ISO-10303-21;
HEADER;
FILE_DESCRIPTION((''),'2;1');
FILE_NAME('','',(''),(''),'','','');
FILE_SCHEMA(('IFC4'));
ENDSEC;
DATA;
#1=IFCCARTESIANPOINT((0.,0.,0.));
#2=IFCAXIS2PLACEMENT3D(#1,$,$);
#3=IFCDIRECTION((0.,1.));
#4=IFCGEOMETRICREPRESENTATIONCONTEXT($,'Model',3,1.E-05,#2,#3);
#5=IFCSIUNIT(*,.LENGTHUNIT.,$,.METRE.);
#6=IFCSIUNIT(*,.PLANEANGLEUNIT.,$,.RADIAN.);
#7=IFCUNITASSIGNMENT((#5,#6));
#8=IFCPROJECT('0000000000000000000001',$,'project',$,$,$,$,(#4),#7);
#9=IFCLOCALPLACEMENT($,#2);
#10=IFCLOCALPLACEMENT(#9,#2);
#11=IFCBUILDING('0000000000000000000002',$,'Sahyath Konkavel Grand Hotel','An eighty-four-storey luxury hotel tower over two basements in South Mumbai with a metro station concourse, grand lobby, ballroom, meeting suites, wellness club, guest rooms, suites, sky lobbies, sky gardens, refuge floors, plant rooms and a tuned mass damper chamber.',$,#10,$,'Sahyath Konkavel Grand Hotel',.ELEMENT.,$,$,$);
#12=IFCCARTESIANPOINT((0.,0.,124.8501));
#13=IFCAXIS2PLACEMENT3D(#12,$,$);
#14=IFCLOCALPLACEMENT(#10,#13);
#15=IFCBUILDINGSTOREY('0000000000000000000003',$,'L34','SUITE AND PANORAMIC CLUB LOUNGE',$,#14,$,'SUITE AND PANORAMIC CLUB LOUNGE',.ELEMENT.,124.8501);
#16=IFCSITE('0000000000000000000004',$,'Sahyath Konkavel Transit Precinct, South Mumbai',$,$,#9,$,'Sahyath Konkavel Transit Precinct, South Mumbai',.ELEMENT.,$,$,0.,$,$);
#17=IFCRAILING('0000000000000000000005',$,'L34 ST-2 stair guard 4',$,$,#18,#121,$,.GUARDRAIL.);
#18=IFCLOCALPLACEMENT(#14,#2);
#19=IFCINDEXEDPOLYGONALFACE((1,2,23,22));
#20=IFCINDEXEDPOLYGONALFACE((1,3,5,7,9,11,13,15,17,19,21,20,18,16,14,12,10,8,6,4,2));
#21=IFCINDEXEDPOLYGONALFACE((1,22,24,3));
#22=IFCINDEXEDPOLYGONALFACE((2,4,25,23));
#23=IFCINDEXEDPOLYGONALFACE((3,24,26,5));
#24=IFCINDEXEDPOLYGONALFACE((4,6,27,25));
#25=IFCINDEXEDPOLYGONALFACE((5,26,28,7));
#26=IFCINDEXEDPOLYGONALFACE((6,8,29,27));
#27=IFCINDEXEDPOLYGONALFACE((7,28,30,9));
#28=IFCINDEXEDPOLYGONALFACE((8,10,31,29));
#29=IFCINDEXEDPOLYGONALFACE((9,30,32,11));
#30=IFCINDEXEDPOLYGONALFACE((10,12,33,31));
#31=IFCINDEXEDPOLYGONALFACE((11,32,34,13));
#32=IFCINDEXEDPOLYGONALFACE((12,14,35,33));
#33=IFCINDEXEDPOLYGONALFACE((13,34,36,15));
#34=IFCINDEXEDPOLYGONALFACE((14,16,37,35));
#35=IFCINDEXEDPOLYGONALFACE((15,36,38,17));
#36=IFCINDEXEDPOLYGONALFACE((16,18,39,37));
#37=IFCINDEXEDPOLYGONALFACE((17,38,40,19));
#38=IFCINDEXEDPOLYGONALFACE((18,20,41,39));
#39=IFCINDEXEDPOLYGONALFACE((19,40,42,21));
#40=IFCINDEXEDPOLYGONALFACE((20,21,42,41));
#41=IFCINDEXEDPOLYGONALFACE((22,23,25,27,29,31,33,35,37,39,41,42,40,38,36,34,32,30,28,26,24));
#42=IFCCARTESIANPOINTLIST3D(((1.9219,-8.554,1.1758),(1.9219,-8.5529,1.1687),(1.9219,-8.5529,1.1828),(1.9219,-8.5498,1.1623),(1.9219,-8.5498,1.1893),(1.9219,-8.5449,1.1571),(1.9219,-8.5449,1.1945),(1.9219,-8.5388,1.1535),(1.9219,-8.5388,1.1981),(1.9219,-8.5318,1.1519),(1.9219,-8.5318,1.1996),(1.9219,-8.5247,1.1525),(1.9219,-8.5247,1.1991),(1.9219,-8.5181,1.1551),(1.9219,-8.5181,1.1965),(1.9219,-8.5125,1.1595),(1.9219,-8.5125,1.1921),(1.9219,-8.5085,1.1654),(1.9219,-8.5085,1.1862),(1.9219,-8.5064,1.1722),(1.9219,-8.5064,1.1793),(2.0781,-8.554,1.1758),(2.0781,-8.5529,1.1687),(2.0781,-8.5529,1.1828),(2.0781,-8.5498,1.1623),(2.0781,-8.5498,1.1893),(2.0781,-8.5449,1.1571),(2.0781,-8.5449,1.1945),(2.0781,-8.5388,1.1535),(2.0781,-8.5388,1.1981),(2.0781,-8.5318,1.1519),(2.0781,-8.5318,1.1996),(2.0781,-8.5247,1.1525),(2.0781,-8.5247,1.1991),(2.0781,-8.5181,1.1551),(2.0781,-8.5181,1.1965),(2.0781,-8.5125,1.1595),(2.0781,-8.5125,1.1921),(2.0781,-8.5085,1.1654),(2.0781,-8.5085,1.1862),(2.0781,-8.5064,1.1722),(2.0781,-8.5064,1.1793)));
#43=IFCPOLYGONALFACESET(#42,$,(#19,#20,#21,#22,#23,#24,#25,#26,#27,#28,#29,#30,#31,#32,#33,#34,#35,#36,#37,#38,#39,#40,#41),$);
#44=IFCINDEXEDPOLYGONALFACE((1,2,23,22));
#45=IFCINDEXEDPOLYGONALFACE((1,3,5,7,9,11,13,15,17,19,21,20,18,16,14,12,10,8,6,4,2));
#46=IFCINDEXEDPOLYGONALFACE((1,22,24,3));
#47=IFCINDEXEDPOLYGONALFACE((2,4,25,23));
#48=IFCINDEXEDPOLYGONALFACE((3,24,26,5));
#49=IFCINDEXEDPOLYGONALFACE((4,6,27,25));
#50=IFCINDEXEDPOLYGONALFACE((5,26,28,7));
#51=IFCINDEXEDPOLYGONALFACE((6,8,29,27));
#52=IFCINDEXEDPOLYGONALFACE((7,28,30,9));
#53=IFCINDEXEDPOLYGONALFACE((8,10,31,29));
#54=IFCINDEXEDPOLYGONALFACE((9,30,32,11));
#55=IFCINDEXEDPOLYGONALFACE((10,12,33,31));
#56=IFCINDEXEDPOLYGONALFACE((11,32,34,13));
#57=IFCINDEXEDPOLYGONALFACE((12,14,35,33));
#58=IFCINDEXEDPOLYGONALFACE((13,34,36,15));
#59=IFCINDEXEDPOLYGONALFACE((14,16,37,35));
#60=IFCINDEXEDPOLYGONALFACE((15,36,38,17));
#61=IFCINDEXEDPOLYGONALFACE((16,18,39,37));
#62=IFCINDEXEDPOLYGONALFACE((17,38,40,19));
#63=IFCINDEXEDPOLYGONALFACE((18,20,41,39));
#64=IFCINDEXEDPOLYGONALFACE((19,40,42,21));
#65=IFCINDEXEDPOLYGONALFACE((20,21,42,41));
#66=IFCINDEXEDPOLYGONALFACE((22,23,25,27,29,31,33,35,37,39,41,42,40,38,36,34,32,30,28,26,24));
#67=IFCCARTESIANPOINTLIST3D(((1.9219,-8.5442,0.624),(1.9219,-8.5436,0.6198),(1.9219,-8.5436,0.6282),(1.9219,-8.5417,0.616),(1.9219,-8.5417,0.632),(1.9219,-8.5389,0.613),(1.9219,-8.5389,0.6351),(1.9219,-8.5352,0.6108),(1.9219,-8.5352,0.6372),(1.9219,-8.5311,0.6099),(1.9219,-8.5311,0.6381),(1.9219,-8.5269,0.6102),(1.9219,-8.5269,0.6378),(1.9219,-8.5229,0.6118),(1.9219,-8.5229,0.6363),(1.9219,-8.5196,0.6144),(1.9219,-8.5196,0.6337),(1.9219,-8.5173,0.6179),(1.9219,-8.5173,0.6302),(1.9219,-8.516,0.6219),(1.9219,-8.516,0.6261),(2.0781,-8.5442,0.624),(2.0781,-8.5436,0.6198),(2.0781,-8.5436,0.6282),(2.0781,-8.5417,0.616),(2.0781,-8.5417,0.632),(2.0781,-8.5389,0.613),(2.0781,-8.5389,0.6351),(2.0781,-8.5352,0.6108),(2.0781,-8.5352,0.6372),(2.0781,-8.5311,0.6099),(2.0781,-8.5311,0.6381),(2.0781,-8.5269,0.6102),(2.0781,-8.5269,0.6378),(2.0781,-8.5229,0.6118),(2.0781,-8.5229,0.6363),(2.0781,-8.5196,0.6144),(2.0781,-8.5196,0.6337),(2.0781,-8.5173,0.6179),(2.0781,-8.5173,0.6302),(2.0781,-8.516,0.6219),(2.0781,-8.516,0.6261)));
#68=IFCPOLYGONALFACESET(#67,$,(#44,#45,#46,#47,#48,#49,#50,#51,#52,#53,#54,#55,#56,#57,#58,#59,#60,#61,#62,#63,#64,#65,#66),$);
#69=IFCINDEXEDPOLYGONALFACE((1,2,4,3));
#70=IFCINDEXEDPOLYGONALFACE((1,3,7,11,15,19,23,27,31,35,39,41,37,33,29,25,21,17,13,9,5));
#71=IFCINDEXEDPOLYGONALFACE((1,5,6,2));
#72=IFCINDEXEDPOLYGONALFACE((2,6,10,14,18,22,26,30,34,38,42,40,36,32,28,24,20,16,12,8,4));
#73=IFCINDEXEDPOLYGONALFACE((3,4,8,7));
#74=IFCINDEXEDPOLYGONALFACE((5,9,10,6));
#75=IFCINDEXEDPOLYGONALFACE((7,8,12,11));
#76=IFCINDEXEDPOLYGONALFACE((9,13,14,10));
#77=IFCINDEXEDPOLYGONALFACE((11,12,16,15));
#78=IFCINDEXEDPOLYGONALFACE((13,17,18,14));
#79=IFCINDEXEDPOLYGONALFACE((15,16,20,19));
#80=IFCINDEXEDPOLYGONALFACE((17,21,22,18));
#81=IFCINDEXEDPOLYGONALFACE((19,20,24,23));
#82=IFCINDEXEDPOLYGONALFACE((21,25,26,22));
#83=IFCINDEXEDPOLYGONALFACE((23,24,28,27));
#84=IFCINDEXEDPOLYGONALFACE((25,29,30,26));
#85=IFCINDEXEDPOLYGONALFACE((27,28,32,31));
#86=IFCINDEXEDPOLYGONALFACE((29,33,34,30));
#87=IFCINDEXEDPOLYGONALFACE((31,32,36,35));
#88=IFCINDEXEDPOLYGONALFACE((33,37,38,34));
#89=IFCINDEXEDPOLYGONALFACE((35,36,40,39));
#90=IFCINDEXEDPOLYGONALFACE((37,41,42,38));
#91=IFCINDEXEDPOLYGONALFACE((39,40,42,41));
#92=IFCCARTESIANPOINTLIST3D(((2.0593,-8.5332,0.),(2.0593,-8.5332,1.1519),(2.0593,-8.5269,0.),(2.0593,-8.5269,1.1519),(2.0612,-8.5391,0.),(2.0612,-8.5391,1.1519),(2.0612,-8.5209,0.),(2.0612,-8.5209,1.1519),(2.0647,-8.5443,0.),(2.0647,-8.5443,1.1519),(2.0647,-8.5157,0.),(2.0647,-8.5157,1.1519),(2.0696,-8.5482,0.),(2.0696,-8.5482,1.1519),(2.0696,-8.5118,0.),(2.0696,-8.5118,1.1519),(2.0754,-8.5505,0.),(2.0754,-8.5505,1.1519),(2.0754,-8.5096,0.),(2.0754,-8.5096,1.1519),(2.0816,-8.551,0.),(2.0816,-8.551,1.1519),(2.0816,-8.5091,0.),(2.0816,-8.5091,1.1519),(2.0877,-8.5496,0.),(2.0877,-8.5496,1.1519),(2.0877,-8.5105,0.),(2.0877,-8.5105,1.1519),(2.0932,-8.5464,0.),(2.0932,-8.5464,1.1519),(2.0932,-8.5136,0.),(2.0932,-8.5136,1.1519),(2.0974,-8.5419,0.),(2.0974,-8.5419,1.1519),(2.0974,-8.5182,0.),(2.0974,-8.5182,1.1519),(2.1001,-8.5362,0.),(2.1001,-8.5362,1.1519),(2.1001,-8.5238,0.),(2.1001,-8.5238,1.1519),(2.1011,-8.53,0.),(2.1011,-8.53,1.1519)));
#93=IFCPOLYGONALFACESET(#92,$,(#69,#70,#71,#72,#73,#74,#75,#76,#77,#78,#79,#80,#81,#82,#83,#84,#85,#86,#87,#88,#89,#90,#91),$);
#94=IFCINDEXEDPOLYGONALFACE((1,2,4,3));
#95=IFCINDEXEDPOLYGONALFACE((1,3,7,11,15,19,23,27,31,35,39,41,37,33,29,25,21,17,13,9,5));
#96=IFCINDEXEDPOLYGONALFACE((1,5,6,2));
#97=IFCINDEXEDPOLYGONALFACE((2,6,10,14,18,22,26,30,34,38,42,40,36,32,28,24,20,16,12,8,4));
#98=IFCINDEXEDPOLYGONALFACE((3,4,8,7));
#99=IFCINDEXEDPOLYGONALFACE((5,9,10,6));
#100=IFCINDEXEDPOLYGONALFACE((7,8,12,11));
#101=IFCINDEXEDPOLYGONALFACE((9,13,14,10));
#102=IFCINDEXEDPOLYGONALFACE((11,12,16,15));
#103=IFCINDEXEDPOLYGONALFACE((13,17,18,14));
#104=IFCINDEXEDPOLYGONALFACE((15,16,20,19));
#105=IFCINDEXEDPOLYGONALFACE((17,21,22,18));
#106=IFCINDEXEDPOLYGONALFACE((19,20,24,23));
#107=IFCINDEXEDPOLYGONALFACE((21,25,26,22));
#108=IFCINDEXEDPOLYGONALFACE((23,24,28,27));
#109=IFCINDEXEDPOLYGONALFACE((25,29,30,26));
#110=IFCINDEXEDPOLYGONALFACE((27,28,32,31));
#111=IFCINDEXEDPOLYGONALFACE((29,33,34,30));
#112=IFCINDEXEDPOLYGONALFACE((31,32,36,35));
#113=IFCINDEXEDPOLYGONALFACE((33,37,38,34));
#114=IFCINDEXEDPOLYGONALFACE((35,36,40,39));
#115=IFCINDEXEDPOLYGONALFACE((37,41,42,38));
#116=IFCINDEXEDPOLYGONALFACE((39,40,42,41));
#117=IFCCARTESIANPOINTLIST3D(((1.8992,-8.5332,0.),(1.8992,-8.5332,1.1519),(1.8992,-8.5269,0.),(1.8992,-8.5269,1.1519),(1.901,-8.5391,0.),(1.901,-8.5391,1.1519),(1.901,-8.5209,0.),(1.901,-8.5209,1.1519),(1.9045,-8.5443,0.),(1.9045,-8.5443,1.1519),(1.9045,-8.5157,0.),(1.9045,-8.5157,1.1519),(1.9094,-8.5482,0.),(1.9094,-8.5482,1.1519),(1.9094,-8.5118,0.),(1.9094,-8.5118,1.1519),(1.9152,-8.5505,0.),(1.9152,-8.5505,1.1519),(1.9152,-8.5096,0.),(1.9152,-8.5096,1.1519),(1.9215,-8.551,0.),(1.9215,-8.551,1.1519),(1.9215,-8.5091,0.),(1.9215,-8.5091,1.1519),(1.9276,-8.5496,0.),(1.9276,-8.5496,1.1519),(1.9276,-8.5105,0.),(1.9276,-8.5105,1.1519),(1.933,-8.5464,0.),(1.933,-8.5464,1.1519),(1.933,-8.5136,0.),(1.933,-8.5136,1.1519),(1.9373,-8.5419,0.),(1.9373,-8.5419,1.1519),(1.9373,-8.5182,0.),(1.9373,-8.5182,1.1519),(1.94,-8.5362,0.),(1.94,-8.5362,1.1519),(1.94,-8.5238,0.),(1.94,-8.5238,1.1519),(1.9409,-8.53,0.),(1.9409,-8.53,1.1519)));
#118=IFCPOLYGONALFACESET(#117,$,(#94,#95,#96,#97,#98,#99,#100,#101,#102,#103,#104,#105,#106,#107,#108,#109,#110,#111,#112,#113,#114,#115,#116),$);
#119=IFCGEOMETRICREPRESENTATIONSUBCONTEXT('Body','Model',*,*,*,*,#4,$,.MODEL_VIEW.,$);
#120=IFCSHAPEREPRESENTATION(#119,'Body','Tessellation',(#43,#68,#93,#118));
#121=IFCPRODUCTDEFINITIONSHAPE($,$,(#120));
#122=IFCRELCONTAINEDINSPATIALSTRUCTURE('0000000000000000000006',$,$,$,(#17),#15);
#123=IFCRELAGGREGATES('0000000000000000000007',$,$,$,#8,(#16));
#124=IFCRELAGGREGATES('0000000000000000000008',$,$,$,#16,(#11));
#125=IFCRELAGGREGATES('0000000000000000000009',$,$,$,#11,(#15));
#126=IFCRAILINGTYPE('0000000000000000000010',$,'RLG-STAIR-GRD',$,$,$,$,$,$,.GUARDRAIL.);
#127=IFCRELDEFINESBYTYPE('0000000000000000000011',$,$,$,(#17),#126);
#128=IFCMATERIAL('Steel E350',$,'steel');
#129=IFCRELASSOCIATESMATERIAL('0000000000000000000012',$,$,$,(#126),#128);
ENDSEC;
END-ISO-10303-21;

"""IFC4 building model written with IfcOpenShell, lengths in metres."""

from ifc_helpers import new_model, si_unit, direction, frame, origin, origin_2d, place, context, subcontext, project, spatial, circle, extrude, material, type_object, element, save


model = new_model("IFC4")

# Units and contexts
model_context = context("Model", 3, precision=1e-05, world=origin(), true_north=direction((0.0, 1.0)))
body_context = subcontext(model_context, "Body", "Model", "MODEL_VIEW")
ifc_project = project(units=[si_unit("LENGTHUNIT", "METRE"), si_unit("PLANEANGLEUNIT", "RADIAN")], contexts=[model_context])

# Site, building, storey
site_placement = place(None, origin())
site = spatial("IfcSite", under=ifc_project, at=site_placement, Name="Sahyath Konkavel Transit Precinct, South Mumbai", LongName="Sahyath Konkavel Transit Precinct, South Mumbai", CompositionType="ELEMENT", RefElevation=0.0)
building_placement = place(site_placement, origin())
building = spatial("IfcBuilding", under=site, at=building_placement, Name="Sahyath Konkavel Grand Hotel", Description="An eighty-four-storey luxury hotel tower over two basements in South Mumbai with a metro station concourse, grand lobby, ballroom, meeting suites, wellness club, guest rooms, suites, sky lobbies, sky gardens, refuge floors, plant rooms and a tuned mass damper chamber.", LongName="Sahyath Konkavel Grand Hotel", CompositionType="ELEMENT")
storey_placement = place(building_placement, frame((0.0, 0.0, 124.8501)))
storey = spatial("IfcBuildingStorey", under=building, at=storey_placement, Name="L34", Description="SUITE AND PANORAMIC CLUB LOUNGE", LongName="SUITE AND PANORAMIC CLUB LOUNGE", CompositionType="ELEMENT", Elevation=124.8501)

# Shared definitions
ifc_material_1 = material(Name="Steel E350", Category="steel")

# Railing
railing_type_1 = type_object("IfcRailingType", Name="RLG-STAIR-GRD", PredefinedType="GUARDRAIL", material=ifc_material_1)
railing_1_placement = place(storey_placement, frame((2.0801, -8.53, 0.0)))
element("IfcRailing", 1, at=railing_1_placement, inside=storey, type_object=railing_type_1, Name="L34 ST-2 stair guard 4", PredefinedType="GUARDRAIL", context=body_context, shape_type="SweptSolid", body=[
    extrude(circle(Radius=0.0239, at=origin_2d()), frame((-0.002, 0.0, 1.1758), z_axis=(-1.0, 0.0, 0.0), x_axis=(0.0, -1.0, 0.0)), (0.0, 0.0, 1.0), 0.1562),
    extrude(circle(Radius=0.0142, at=origin_2d()), frame((-0.002, 0.0, 0.624), z_axis=(-1.0, 0.0, 0.0), x_axis=(0.0, -1.0, 0.0)), (0.0, 0.0, 1.0), 0.1562),
    extrude(circle(Radius=0.021, at=origin_2d()), origin(), (0.0, 0.0, 1.0), 1.1519),
    extrude(circle(Radius=0.021, at=origin_2d()), frame((-0.1602, 0.0, 0.0)), (0.0, 0.0, 1.0), 1.1519),
])

save(model, "model.ifc")
